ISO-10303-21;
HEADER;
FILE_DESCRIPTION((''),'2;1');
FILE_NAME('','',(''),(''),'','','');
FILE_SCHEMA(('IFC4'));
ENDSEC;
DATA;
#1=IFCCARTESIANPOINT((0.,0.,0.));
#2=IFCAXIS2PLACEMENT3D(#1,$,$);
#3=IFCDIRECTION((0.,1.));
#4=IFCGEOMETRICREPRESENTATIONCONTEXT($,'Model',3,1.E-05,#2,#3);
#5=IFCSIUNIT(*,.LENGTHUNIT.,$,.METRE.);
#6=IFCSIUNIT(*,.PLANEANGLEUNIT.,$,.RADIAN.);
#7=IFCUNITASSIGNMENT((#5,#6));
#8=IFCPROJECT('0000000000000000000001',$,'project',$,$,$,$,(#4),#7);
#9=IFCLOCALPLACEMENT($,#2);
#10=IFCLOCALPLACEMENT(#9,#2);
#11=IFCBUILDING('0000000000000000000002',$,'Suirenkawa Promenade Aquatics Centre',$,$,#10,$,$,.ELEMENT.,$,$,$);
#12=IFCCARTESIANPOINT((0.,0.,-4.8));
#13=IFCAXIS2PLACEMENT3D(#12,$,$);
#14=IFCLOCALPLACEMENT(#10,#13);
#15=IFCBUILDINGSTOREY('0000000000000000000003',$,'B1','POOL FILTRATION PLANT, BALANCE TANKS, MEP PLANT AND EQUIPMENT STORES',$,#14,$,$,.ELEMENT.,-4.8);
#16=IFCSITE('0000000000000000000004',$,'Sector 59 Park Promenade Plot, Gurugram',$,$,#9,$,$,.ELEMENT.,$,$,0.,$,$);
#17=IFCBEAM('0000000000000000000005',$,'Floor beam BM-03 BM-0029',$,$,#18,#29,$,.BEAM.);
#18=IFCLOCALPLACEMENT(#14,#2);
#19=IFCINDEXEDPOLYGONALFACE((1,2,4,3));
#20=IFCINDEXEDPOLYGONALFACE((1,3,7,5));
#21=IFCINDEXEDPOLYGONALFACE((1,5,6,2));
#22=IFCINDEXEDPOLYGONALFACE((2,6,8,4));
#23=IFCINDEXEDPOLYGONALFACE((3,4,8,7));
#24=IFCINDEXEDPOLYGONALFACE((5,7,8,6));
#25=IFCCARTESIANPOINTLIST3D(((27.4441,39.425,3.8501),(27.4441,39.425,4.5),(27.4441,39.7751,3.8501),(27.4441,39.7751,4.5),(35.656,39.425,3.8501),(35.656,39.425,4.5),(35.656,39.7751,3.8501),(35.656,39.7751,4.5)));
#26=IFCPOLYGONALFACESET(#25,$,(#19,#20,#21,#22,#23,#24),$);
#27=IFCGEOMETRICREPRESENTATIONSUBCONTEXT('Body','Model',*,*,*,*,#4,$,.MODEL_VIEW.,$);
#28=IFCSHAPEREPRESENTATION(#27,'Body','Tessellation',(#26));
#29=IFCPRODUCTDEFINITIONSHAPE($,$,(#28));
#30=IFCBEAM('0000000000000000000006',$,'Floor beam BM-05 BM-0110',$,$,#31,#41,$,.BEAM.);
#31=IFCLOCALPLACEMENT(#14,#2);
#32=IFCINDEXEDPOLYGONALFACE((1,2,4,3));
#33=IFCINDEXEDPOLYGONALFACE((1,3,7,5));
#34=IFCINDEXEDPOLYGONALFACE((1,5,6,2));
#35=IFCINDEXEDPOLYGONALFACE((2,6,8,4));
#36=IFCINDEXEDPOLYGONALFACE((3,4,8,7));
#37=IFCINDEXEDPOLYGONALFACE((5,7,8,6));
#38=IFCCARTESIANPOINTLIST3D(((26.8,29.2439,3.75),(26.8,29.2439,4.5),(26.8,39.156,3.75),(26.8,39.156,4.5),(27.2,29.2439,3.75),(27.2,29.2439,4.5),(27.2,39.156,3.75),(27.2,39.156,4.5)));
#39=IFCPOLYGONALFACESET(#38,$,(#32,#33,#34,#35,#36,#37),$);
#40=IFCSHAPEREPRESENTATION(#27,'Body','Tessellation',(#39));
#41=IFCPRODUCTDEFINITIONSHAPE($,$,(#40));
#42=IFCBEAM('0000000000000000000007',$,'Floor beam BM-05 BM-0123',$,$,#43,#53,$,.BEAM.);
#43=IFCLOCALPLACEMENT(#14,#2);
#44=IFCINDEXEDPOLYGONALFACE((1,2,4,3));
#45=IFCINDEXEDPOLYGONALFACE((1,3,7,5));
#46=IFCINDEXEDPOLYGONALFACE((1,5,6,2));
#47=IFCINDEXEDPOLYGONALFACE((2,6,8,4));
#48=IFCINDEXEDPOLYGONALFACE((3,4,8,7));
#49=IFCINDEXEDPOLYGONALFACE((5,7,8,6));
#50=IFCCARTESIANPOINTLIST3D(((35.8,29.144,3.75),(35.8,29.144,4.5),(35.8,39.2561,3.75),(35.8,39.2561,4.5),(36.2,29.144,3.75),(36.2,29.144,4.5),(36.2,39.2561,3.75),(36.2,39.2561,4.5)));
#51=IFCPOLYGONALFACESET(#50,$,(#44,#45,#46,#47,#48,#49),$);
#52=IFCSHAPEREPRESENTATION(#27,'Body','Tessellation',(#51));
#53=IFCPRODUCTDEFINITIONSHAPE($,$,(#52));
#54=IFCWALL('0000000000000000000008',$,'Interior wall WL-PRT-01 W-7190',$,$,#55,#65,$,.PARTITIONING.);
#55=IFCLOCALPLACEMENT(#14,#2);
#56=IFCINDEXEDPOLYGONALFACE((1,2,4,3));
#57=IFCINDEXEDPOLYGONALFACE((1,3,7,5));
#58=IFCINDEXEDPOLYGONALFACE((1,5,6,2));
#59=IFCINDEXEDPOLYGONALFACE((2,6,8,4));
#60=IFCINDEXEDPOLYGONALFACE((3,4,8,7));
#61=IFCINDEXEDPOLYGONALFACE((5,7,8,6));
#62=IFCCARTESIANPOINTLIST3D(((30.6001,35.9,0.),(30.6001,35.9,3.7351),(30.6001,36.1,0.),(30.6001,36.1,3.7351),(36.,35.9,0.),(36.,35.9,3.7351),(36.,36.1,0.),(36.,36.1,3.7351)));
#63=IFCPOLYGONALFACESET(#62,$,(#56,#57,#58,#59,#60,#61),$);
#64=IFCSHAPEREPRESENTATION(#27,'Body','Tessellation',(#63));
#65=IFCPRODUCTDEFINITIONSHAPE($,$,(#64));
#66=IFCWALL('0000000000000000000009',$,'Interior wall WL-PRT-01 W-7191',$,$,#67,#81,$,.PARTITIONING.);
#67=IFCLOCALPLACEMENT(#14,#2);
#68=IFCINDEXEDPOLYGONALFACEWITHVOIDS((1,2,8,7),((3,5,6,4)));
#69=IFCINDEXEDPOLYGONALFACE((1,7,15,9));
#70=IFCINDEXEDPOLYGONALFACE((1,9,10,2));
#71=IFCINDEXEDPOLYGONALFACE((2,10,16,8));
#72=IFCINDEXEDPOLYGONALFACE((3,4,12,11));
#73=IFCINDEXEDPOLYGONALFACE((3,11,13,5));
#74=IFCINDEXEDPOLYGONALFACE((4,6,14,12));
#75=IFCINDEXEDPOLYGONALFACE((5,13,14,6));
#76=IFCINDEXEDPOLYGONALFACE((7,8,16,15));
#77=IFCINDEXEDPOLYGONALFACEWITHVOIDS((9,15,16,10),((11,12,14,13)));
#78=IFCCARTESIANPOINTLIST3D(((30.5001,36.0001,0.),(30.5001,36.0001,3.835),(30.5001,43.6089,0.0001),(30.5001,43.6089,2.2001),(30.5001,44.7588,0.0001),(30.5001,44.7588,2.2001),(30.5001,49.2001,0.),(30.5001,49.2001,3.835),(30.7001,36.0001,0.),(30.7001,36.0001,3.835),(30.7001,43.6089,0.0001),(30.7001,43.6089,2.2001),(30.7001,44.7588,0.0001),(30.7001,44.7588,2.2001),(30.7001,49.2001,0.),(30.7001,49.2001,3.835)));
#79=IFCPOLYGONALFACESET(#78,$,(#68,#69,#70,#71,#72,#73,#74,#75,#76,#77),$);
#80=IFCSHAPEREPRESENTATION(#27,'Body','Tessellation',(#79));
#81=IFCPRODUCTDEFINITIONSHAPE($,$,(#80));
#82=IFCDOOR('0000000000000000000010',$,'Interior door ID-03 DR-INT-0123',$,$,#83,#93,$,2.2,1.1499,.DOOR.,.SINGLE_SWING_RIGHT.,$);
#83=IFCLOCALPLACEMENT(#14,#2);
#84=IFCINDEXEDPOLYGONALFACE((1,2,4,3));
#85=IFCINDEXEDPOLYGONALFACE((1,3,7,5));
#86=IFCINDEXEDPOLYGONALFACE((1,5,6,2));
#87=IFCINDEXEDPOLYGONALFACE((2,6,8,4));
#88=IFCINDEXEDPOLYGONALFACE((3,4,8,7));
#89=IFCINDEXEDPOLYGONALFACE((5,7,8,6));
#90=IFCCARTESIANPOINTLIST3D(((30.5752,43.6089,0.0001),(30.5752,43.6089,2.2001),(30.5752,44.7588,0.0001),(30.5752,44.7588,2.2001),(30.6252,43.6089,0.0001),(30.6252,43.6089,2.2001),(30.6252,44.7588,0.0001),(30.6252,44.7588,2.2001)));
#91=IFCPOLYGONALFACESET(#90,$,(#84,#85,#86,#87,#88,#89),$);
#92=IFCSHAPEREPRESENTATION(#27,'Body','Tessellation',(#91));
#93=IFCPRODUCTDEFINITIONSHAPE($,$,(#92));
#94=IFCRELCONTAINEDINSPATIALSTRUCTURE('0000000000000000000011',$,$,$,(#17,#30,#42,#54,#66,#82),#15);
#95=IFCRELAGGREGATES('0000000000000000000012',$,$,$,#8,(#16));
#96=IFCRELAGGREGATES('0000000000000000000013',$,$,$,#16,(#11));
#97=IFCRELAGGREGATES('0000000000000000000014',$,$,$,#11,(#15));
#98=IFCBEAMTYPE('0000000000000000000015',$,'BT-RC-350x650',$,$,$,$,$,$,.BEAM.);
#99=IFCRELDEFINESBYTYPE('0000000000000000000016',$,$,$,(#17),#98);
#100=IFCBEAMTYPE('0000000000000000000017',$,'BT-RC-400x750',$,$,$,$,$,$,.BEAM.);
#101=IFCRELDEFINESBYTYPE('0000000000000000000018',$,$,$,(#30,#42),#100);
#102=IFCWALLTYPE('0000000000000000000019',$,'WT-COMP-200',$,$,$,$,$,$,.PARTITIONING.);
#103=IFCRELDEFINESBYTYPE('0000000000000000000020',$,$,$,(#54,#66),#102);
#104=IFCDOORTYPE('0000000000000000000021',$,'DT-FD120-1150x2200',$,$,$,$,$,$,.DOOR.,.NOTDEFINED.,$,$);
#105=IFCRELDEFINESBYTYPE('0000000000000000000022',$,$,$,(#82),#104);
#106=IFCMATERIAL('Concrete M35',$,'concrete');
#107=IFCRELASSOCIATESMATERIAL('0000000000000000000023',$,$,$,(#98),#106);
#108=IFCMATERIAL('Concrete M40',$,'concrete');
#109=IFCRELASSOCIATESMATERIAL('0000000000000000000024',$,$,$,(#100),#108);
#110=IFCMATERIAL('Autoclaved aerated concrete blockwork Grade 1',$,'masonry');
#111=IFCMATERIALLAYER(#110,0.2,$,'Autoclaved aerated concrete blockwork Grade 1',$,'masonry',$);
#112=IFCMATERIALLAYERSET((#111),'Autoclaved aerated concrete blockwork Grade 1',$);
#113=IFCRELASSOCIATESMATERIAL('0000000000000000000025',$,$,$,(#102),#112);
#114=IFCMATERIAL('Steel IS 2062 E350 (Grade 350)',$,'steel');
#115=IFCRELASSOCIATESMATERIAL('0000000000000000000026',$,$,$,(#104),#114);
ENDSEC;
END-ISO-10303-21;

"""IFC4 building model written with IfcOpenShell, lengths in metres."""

from ifc_helpers import new_model, si_unit, direction, frame, frame_2d, origin, origin_2d, place, context, subcontext, project, spatial, rectangle, extrude, material, layer, layer_set, material_profile, profile_set, type_object, element, fill, save


model = new_model("IFC4")

# Units and contexts
model_context = context("Model", 3, precision=1e-05, world=origin(), true_north=direction((0.0, 1.0)))
body_context = subcontext(model_context, "Body", "Model", "MODEL_VIEW")
ifc_project = project(units=[si_unit("LENGTHUNIT", "METRE"), si_unit("PLANEANGLEUNIT", "RADIAN")], contexts=[model_context])

# Site, building, storey
site_placement = place(None, origin())
site = spatial("IfcSite", under=ifc_project, at=site_placement, Name="Sector 59 Park Promenade Plot, Gurugram", CompositionType="ELEMENT", RefElevation=0.0)
building_placement = place(site_placement, origin())
building = spatial("IfcBuilding", under=site, at=building_placement, Name="Suirenkawa Promenade Aquatics Centre", CompositionType="ELEMENT")
storey_placement = place(building_placement, frame((0.0, 0.0, -4.8)))
storey = spatial("IfcBuildingStorey", under=building, at=storey_placement, Name="B1", Description="POOL FILTRATION PLANT, BALANCE TANKS, MEP PLANT AND EQUIPMENT STORES", CompositionType="ELEMENT", Elevation=-4.8)

# Shared definitions
ifc_material_1 = material(Name="Concrete M35", Category="concrete")

# Shared definitions
ifc_material_2 = material(Name="Concrete M40", Category="concrete")

# Beams
ifc_material_3 = material(Name="Steel IS 2062 E350 (Grade 350)", Category="steel")
ifc_material_profile_1 = material_profile(ifc_material_1, rectangle(XDim=0.3501, YDim=0.6499, at=origin_2d()), Name="RC BM 350x650", Category="concrete")
ifc_profile_set_1 = profile_set([ifc_material_profile_1], Name="Concrete M35")
beam_type_1 = type_object("IfcBeamType", Name="BT-RC-350x650", PredefinedType="BEAM", material=ifc_profile_set_1)
beam_1_placement = place(storey_placement, frame((27.4441, 39.6001, 4.175), z_axis=(1.0, 0.0, 0.0), x_axis=(0.0, 1.0, 0.0)))
element("IfcBeam", 1, at=beam_1_placement, inside=storey, type_object=beam_type_1, Name="Floor beam BM-03 BM-0029", PredefinedType="BEAM", context=body_context, shape_type="SweptSolid", body=[
    extrude(rectangle(XDim=0.3501, YDim=0.6499, at=origin_2d()), origin(), (0.0, 0.0, 1.0), 8.2119),
])
ifc_material_profile_2 = material_profile(ifc_material_2, rectangle(XDim=0.3999, YDim=0.75, at=origin_2d()), Name="RC BM 400x750", Category="concrete")
ifc_profile_set_2 = profile_set([ifc_material_profile_2], Name="Concrete M40")
beam_type_2 = type_object("IfcBeamType", Name="BT-RC-400x750", PredefinedType="BEAM", material=ifc_profile_set_2)
beam_2_placement = place(storey_placement, frame((27.0, 29.2439, 4.125), z_axis=(0.0, 1.0, 0.0), x_axis=(-1.0, 0.0, 0.0)))
element("IfcBeam", 2, at=beam_2_placement, inside=storey, type_object=beam_type_2, Name="Floor beam BM-05 BM-0110", PredefinedType="BEAM", context=body_context, shape_type="SweptSolid", body=[
    extrude(rectangle(XDim=0.3999, YDim=0.75, at=origin_2d()), origin(), (0.0, 0.0, 1.0), 9.9121),
])
beam_3_placement = place(storey_placement, frame((36.0, 29.144, 4.125), z_axis=(0.0, 1.0, 0.0), x_axis=(-1.0, 0.0, 0.0)))
element("IfcBeam", 3, at=beam_3_placement, inside=storey, type_object=beam_type_2, Name="Floor beam BM-05 BM-0123", PredefinedType="BEAM", context=body_context, shape_type="SweptSolid", body=[
    extrude(rectangle(XDim=0.3999, YDim=0.75, at=origin_2d()), origin(), (0.0, 0.0, 1.0), 10.1121),
])

# Wall
ifc_material_4 = material(Name="Autoclaved aerated concrete blockwork Grade 1", Category="masonry")
ifc_layer = layer(ifc_material_4, 0.2, Name="Autoclaved aerated concrete blockwork Grade 1", Category="masonry")
ifc_layer_set = layer_set([ifc_layer], Name="Autoclaved aerated concrete blockwork Grade 1")
wall_type = type_object("IfcWallType", Name="WT-COMP-200", PredefinedType="PARTITIONING", material=ifc_layer_set)
wall_1_placement = place(storey_placement, frame((30.6001, 36.0, 0.0), z_axis=(0.0, 0.0, 1.0), x_axis=(1.0, 0.0, 0.0)))
element("IfcWall", 4, at=wall_1_placement, inside=storey, type_object=wall_type, Name="Interior wall WL-PRT-01 W-7190", PredefinedType="PARTITIONING", context=body_context, shape_type="SweptSolid", body=[
    extrude(rectangle(XDim=5.3999, YDim=0.2, at=frame_2d((2.7, 0.0))), origin(), (0.0, 0.0, 1.0), 3.7351),
])

# Wall, opening, door
wall_2_placement = place(storey_placement, frame((30.6001, 36.0, 0.0), z_axis=(0.0, 0.0, 1.0), x_axis=(0.0, 1.0, 0.0)))
wall_2 = element("IfcWall", 5, at=wall_2_placement, inside=storey, type_object=wall_type, Name="Interior wall WL-PRT-01 W-7191", PredefinedType="PARTITIONING", context=body_context, shape_type="SweptSolid", body=[
    extrude(rectangle(XDim=13.2, YDim=0.2, at=frame_2d((6.6001, 0.0))), origin(), (0.0, 0.0, 1.0), 3.835),
])
opening_placement = place(wall_2_placement, frame((7.6089, 0.0, 0.0)))
opening = element("IfcOpeningElement", 6, at=opening_placement, cuts=wall_2, PredefinedType="OPENING", context=body_context, shape_type="SweptSolid", body=[
    extrude(rectangle(XDim=1.1499, YDim=2.2, at=frame_2d((0.575, 1.1001))), frame((0.0, 0.1099, 0.0), z_axis=(0.0, -1.0, 0.0), x_axis=(1.0, 0.0, 0.0)), (0.0, 0.0, 1.0), 0.22),
])
door_type = type_object("IfcDoorType", Name="DT-FD120-1150x2200", OperationType="NOTDEFINED", PredefinedType="DOOR", material=ifc_material_3)
door_placement = place(opening_placement, origin())
door = element("IfcDoor", 7, at=door_placement, inside=storey, type_object=door_type, Name="Interior door ID-03 DR-INT-0123", OperationType="SINGLE_SWING_RIGHT", OverallHeight=2.2, OverallWidth=1.1499, PredefinedType="DOOR", context=body_context, shape_type="SweptSolid", body=[
    extrude(rectangle(XDim=1.1499, YDim=2.2, at=frame_2d((0.575, 1.1001))), frame((0.0, 0.0249, 0.0), z_axis=(0.0, -1.0, 0.0), x_axis=(1.0, 0.0, 0.0)), (0.0, 0.0, 1.0), 0.05),
])
fill(opening, door)

save(model, "model.ifc")
